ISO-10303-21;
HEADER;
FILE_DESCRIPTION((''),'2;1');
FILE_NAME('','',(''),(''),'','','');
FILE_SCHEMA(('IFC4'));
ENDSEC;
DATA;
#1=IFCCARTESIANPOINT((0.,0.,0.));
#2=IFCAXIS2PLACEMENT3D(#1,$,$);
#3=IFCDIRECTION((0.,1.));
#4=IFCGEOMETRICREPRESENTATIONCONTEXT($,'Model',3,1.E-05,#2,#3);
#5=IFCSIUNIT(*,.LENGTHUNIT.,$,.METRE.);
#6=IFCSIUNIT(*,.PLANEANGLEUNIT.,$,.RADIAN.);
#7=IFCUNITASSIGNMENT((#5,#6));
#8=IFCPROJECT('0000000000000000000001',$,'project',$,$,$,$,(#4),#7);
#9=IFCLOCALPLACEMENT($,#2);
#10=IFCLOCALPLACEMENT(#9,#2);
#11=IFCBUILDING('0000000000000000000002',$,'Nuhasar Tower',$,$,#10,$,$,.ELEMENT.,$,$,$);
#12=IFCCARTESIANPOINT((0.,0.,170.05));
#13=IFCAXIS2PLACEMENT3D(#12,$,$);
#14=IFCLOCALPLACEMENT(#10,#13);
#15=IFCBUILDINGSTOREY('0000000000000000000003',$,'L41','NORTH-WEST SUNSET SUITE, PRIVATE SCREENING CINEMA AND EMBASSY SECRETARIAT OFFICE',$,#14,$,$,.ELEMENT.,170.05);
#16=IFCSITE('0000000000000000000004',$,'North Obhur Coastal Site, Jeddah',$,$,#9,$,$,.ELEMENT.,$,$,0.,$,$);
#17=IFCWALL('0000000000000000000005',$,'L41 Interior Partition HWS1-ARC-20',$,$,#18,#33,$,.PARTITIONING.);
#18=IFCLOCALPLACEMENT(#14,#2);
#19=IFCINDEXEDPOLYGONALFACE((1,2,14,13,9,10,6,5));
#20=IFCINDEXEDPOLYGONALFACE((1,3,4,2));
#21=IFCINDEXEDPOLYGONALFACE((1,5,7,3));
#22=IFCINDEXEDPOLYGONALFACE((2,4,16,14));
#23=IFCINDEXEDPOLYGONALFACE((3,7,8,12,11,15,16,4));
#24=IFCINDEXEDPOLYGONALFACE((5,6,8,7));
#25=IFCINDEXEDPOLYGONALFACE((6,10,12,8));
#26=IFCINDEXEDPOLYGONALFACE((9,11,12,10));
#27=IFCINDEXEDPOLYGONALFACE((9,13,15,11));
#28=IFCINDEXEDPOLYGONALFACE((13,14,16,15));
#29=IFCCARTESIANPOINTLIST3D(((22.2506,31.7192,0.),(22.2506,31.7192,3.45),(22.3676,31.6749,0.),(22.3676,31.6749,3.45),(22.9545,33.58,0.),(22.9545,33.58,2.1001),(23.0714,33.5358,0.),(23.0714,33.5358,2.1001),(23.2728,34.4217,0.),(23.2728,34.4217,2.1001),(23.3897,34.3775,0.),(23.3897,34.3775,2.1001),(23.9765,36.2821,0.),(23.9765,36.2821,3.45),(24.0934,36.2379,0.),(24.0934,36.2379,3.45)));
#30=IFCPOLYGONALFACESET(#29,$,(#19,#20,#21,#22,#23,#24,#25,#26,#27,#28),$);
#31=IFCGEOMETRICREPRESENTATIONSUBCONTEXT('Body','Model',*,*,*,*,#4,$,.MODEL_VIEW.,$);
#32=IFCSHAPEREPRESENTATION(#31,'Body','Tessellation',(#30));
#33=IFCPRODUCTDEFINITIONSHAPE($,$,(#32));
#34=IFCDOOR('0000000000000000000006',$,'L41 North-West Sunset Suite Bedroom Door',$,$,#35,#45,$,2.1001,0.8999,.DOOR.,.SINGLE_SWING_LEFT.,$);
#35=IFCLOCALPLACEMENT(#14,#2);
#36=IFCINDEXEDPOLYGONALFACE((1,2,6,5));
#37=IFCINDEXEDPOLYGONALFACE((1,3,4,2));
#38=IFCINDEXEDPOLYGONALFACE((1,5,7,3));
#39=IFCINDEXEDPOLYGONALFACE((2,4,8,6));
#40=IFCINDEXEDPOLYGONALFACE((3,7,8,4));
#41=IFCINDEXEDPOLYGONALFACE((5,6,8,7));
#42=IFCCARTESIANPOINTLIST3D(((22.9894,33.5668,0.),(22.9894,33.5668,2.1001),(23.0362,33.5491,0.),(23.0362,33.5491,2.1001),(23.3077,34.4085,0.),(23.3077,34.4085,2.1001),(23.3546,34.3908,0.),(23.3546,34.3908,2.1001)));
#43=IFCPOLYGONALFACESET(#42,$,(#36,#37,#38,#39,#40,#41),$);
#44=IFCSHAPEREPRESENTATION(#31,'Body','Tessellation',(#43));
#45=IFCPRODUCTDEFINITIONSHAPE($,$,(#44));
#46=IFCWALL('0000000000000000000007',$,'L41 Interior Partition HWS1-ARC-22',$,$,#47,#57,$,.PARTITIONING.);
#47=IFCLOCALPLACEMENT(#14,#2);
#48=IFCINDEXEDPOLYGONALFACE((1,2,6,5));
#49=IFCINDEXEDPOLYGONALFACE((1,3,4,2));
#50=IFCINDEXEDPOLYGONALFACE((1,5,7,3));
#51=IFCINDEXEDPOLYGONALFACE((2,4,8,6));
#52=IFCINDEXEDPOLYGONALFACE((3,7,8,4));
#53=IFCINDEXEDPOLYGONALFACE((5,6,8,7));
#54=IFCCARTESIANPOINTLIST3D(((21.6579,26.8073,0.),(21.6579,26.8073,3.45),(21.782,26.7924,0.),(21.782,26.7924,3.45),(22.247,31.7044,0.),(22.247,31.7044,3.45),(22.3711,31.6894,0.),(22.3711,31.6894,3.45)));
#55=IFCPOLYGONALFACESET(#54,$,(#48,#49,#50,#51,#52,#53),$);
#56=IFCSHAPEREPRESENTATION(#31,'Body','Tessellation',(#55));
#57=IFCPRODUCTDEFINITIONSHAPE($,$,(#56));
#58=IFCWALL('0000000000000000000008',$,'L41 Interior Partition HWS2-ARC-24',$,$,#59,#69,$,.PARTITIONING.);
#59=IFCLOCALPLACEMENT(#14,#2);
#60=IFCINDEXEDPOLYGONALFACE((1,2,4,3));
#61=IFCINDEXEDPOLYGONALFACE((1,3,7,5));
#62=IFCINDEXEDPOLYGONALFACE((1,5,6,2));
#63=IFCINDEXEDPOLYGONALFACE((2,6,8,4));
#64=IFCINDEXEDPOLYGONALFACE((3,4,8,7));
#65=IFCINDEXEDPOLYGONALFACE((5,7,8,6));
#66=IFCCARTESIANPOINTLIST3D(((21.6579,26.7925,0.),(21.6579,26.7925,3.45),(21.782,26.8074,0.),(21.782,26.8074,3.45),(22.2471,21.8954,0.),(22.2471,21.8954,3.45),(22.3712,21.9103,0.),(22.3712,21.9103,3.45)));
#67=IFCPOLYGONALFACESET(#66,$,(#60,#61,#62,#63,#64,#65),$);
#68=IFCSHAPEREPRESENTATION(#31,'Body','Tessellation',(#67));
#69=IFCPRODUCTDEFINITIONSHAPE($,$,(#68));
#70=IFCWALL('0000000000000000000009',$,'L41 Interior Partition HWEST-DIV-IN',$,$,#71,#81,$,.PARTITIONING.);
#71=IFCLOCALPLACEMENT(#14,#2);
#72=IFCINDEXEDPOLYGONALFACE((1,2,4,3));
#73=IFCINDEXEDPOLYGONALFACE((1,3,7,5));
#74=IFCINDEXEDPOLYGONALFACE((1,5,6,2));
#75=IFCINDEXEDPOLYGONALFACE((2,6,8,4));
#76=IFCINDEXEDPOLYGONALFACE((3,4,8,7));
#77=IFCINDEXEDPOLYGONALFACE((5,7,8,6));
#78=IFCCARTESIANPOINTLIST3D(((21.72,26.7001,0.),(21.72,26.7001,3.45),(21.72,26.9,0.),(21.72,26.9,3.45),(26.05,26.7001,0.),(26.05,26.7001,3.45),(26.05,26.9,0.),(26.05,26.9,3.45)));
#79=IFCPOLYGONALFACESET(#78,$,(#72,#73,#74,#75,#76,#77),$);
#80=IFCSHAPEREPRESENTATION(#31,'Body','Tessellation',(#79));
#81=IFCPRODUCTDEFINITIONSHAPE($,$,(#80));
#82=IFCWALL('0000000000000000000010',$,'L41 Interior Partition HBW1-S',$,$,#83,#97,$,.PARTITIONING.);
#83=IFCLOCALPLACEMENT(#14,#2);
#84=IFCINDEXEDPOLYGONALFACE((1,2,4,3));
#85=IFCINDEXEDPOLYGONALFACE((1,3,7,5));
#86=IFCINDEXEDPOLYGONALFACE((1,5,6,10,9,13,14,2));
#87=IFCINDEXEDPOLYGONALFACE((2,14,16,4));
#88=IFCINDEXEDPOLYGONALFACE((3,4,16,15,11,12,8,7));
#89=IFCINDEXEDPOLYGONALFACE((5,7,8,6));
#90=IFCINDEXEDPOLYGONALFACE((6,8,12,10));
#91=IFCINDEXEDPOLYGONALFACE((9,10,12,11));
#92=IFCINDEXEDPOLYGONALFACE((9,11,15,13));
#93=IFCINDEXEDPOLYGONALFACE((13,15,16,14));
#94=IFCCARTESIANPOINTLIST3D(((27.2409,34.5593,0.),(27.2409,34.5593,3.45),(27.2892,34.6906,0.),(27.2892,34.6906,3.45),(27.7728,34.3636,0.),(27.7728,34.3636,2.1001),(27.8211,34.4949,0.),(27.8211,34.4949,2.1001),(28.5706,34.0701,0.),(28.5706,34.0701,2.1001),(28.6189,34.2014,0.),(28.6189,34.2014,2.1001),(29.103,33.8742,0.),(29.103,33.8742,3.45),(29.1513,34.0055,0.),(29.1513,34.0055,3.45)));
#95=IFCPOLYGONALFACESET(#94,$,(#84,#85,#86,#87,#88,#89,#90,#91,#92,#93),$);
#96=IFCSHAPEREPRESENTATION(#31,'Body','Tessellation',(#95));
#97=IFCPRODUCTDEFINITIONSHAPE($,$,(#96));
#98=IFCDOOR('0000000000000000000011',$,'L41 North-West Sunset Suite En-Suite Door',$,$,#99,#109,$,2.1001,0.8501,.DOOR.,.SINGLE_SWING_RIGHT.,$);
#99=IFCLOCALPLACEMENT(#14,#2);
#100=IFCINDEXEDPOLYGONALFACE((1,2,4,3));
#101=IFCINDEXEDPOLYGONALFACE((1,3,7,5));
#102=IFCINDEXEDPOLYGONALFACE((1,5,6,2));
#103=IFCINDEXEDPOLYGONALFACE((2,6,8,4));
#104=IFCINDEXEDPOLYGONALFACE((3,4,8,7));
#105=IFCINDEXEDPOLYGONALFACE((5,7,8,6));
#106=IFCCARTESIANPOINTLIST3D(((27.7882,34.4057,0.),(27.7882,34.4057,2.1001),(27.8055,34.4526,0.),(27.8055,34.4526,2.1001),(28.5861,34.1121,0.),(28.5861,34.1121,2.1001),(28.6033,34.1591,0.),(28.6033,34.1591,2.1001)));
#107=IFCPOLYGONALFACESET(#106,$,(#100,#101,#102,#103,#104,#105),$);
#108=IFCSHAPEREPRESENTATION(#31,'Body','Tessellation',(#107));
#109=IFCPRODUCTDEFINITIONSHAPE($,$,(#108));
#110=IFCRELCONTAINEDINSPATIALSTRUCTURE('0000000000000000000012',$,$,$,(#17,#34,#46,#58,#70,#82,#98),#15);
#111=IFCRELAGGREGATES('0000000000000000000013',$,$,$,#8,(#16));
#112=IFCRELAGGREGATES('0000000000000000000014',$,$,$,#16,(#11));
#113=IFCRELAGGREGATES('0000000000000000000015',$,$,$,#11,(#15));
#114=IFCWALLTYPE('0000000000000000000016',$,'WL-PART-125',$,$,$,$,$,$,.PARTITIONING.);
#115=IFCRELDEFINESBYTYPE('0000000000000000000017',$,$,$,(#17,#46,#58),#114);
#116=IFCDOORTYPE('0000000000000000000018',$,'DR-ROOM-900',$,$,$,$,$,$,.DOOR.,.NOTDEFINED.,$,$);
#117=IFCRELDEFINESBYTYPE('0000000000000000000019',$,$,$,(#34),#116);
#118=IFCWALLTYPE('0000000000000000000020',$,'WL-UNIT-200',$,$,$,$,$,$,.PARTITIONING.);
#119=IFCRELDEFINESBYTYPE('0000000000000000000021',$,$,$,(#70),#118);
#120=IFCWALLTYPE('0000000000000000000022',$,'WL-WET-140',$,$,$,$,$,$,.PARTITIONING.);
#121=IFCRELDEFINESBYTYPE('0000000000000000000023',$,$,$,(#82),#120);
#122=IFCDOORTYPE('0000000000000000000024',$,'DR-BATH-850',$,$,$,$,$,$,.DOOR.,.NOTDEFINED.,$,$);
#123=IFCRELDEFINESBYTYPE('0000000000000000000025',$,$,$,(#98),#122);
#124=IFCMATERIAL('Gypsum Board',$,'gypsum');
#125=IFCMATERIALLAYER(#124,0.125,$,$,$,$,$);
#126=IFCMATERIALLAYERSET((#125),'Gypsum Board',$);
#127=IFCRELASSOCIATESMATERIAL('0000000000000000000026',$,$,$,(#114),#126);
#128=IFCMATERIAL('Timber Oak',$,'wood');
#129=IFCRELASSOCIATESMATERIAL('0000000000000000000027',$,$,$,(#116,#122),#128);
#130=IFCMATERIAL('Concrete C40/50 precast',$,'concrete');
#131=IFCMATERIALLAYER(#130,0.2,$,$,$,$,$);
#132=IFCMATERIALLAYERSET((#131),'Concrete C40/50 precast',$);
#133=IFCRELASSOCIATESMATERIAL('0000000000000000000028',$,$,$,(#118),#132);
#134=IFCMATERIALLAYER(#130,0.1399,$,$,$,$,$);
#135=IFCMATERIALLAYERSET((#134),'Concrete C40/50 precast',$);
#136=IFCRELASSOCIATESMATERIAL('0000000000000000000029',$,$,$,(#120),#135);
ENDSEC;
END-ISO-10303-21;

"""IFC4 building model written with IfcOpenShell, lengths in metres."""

from ifc_helpers import new_model, si_unit, direction, frame, frame_2d, origin, place, context, subcontext, project, spatial, rectangle, extrude, material, layer, layer_set, type_object, element, fill, save


model = new_model("IFC4")

# Units and contexts
model_context = context("Model", 3, precision=1e-05, world=origin(), true_north=direction((0.0, 1.0)))
body_context = subcontext(model_context, "Body", "Model", "MODEL_VIEW")
ifc_project = project(units=[si_unit("LENGTHUNIT", "METRE"), si_unit("PLANEANGLEUNIT", "RADIAN")], contexts=[model_context])

# Site, building, storey
site_placement = place(None, origin())
site = spatial("IfcSite", under=ifc_project, at=site_placement, Name="North Obhur Coastal Site, Jeddah", CompositionType="ELEMENT", RefElevation=0.0)
building_placement = place(site_placement, origin())
building = spatial("IfcBuilding", under=site, at=building_placement, Name="Nuhasar Tower", CompositionType="ELEMENT")
storey_placement = place(building_placement, frame((0.0, 0.0, 170.05)))
storey = spatial("IfcBuildingStorey", under=building, at=storey_placement, Name="L41", Description="NORTH-WEST SUNSET SUITE, PRIVATE SCREENING CINEMA AND EMBASSY SECRETARIAT OFFICE", CompositionType="ELEMENT", Elevation=170.05)

# Shared definitions
ifc_material_1 = material(Name="Gypsum Board", Category="gypsum")

# Shared definitions
ifc_material_2 = material(Name="Timber Oak", Category="wood")

# Shared definitions
ifc_layer_1 = layer(ifc_material_1, 0.125)
ifc_layer_set_1 = layer_set([ifc_layer_1], Name="Gypsum Board")
wall_type_1 = type_object("IfcWallType", Name="WL-PART-125", PredefinedType="PARTITIONING", material=ifc_layer_set_1)

# Wall, opening, door
wall_1_placement = place(storey_placement, frame((24.0349, 36.26, 0.0), z_axis=(0.0, 0.0, 1.0), x_axis=(-0.353765, -0.935334, 0.0)))
wall_1 = element("IfcWall", 1, at=wall_1_placement, inside=storey, type_object=wall_type_1, Name="L41 Interior Partition HWS1-ARC-20", PredefinedType="PARTITIONING", context=body_context, shape_type="SweptSolid", body=[
    extrude(rectangle(XDim=4.8784, YDim=0.125, at=frame_2d((2.4392, 0.0))), origin(), (0.0, 0.0, 1.0), 3.45),
])
opening_1_placement = place(wall_1_placement, frame((1.989, 0.0, 0.0)))
opening_1 = element("IfcOpeningElement", 2, at=opening_1_placement, cuts=wall_1, PredefinedType="OPENING", context=body_context, shape_type="SweptSolid", body=[
    extrude(rectangle(XDim=0.8999, YDim=2.1001, at=frame_2d((0.45, 1.05))), frame((0.0, 0.0725, 0.0), z_axis=(0.0, -1.0, 0.0), x_axis=(1.0, 0.0, 0.0)), (0.0, 0.0, 1.0), 0.145),
])
door_type_1 = type_object("IfcDoorType", Name="DR-ROOM-900", OperationType="NOTDEFINED", PredefinedType="DOOR", material=ifc_material_2)
door_1_placement = place(opening_1_placement, origin())
door_1 = element("IfcDoor", 3, at=door_1_placement, inside=storey, type_object=door_type_1, Name="L41 North-West Sunset Suite Bedroom Door", OperationType="SINGLE_SWING_LEFT", OverallHeight=2.1001, OverallWidth=0.8999, PredefinedType="DOOR", context=body_context, shape_type="SweptSolid", body=[
    extrude(rectangle(XDim=0.8999, YDim=2.1001, at=frame_2d((0.45, 1.05))), frame((0.0, 0.0249, 0.0), z_axis=(0.0, -1.0, 0.0), x_axis=(1.0, 0.0, 0.0)), (0.0, 0.0, 1.0), 0.05),
])
fill(opening_1, door_1)

# Walls
for number, where, z_axis, x_axis, name in (
    (4, (22.3091, 31.697, 0.0), (0.0, 0.0, 1.0), (-0.11944, -0.992841, 0.0), "L41 Interior Partition HWS1-ARC-22"),
    (5, (21.72, 26.8, 0.0), (0.0, 0.0, 1.0), (0.11944, -0.992841, 0.0), "L41 Interior Partition HWS2-ARC-24"),
):
    element("IfcWall", number, at=place(storey_placement, frame(where, z_axis=z_axis, x_axis=x_axis)), inside=storey, type_object=wall_type_1, Name=name, PredefinedType="PARTITIONING", context=body_context, shape_type="SweptSolid", body=[
        extrude(rectangle(XDim=4.9324, YDim=0.125, at=frame_2d((2.4663, 0.0))), origin(), (0.0, 0.0, 1.0), 3.45),
    ])
ifc_material_3 = material(Name="Concrete C40/50 precast", Category="concrete")
ifc_layer_2 = layer(ifc_material_3, 0.2)
ifc_layer_set_2 = layer_set([ifc_layer_2], Name="Concrete C40/50 precast")
wall_type_2 = type_object("IfcWallType", Name="WL-UNIT-200", PredefinedType="PARTITIONING", material=ifc_layer_set_2)
wall_2_placement = place(storey_placement, frame((26.05, 26.8, 0.0), z_axis=(0.0, 0.0, 1.0), x_axis=(-1.0, 0.0, 0.0)))
element("IfcWall", 6, at=wall_2_placement, inside=storey, type_object=wall_type_2, Name="L41 Interior Partition HWEST-DIV-IN", PredefinedType="PARTITIONING", context=body_context, shape_type="SweptSolid", body=[
    extrude(rectangle(XDim=4.3301, YDim=0.2, at=frame_2d((2.165, 0.0))), origin(), (0.0, 0.0, 1.0), 3.45),
])

# Wall, opening, door
ifc_layer_3 = layer(ifc_material_3, 0.1399)
ifc_layer_set_3 = layer_set([ifc_layer_3], Name="Concrete C40/50 precast")
wall_type_3 = type_object("IfcWallType", Name="WL-WET-140", PredefinedType="PARTITIONING", material=ifc_layer_set_3)
wall_3_placement = place(storey_placement, frame((27.2649, 34.625, 0.0), z_axis=(0.0, 0.0, 1.0), x_axis=(0.938501, -0.345278, 0.0)))
wall_3 = element("IfcWall", 7, at=wall_3_placement, inside=storey, type_object=wall_type_3, Name="L41 Interior Partition HBW1-S", PredefinedType="PARTITIONING", context=body_context, shape_type="SweptSolid", body=[
    extrude(rectangle(XDim=1.9841, YDim=0.1399, at=frame_2d((0.9922, 0.0))), origin(), (0.0, 0.0, 1.0), 3.45),
])
opening_2_placement = place(wall_3_placement, frame((0.5669, 0.0, 0.0)))
opening_2 = element("IfcOpeningElement", 8, at=opening_2_placement, cuts=wall_3, PredefinedType="OPENING", context=body_context, shape_type="SweptSolid", body=[
    extrude(rectangle(XDim=0.8501, YDim=2.1001, at=frame_2d((0.425, 1.05))), frame((0.0, 0.0801, 0.0), z_axis=(0.0, -1.0, 0.0), x_axis=(1.0, 0.0, 0.0)), (0.0, 0.0, 1.0), 0.1599),
])
door_type_2 = type_object("IfcDoorType", Name="DR-BATH-850", OperationType="NOTDEFINED", PredefinedType="DOOR", material=ifc_material_2)
door_2_placement = place(opening_2_placement, origin())
door_2 = element("IfcDoor", 9, at=door_2_placement, inside=storey, type_object=door_type_2, Name="L41 North-West Sunset Suite En-Suite Door", OperationType="SINGLE_SWING_RIGHT", OverallHeight=2.1001, OverallWidth=0.8501, PredefinedType="DOOR", context=body_context, shape_type="SweptSolid", body=[
    extrude(rectangle(XDim=0.8501, YDim=2.1001, at=frame_2d((0.425, 1.05))), frame((0.0, 0.0249, 0.0), z_axis=(0.0, -1.0, 0.0), x_axis=(1.0, 0.0, 0.0)), (0.0, 0.0, 1.0), 0.05),
])
fill(opening_2, door_2)

save(model, "model.ifc")
